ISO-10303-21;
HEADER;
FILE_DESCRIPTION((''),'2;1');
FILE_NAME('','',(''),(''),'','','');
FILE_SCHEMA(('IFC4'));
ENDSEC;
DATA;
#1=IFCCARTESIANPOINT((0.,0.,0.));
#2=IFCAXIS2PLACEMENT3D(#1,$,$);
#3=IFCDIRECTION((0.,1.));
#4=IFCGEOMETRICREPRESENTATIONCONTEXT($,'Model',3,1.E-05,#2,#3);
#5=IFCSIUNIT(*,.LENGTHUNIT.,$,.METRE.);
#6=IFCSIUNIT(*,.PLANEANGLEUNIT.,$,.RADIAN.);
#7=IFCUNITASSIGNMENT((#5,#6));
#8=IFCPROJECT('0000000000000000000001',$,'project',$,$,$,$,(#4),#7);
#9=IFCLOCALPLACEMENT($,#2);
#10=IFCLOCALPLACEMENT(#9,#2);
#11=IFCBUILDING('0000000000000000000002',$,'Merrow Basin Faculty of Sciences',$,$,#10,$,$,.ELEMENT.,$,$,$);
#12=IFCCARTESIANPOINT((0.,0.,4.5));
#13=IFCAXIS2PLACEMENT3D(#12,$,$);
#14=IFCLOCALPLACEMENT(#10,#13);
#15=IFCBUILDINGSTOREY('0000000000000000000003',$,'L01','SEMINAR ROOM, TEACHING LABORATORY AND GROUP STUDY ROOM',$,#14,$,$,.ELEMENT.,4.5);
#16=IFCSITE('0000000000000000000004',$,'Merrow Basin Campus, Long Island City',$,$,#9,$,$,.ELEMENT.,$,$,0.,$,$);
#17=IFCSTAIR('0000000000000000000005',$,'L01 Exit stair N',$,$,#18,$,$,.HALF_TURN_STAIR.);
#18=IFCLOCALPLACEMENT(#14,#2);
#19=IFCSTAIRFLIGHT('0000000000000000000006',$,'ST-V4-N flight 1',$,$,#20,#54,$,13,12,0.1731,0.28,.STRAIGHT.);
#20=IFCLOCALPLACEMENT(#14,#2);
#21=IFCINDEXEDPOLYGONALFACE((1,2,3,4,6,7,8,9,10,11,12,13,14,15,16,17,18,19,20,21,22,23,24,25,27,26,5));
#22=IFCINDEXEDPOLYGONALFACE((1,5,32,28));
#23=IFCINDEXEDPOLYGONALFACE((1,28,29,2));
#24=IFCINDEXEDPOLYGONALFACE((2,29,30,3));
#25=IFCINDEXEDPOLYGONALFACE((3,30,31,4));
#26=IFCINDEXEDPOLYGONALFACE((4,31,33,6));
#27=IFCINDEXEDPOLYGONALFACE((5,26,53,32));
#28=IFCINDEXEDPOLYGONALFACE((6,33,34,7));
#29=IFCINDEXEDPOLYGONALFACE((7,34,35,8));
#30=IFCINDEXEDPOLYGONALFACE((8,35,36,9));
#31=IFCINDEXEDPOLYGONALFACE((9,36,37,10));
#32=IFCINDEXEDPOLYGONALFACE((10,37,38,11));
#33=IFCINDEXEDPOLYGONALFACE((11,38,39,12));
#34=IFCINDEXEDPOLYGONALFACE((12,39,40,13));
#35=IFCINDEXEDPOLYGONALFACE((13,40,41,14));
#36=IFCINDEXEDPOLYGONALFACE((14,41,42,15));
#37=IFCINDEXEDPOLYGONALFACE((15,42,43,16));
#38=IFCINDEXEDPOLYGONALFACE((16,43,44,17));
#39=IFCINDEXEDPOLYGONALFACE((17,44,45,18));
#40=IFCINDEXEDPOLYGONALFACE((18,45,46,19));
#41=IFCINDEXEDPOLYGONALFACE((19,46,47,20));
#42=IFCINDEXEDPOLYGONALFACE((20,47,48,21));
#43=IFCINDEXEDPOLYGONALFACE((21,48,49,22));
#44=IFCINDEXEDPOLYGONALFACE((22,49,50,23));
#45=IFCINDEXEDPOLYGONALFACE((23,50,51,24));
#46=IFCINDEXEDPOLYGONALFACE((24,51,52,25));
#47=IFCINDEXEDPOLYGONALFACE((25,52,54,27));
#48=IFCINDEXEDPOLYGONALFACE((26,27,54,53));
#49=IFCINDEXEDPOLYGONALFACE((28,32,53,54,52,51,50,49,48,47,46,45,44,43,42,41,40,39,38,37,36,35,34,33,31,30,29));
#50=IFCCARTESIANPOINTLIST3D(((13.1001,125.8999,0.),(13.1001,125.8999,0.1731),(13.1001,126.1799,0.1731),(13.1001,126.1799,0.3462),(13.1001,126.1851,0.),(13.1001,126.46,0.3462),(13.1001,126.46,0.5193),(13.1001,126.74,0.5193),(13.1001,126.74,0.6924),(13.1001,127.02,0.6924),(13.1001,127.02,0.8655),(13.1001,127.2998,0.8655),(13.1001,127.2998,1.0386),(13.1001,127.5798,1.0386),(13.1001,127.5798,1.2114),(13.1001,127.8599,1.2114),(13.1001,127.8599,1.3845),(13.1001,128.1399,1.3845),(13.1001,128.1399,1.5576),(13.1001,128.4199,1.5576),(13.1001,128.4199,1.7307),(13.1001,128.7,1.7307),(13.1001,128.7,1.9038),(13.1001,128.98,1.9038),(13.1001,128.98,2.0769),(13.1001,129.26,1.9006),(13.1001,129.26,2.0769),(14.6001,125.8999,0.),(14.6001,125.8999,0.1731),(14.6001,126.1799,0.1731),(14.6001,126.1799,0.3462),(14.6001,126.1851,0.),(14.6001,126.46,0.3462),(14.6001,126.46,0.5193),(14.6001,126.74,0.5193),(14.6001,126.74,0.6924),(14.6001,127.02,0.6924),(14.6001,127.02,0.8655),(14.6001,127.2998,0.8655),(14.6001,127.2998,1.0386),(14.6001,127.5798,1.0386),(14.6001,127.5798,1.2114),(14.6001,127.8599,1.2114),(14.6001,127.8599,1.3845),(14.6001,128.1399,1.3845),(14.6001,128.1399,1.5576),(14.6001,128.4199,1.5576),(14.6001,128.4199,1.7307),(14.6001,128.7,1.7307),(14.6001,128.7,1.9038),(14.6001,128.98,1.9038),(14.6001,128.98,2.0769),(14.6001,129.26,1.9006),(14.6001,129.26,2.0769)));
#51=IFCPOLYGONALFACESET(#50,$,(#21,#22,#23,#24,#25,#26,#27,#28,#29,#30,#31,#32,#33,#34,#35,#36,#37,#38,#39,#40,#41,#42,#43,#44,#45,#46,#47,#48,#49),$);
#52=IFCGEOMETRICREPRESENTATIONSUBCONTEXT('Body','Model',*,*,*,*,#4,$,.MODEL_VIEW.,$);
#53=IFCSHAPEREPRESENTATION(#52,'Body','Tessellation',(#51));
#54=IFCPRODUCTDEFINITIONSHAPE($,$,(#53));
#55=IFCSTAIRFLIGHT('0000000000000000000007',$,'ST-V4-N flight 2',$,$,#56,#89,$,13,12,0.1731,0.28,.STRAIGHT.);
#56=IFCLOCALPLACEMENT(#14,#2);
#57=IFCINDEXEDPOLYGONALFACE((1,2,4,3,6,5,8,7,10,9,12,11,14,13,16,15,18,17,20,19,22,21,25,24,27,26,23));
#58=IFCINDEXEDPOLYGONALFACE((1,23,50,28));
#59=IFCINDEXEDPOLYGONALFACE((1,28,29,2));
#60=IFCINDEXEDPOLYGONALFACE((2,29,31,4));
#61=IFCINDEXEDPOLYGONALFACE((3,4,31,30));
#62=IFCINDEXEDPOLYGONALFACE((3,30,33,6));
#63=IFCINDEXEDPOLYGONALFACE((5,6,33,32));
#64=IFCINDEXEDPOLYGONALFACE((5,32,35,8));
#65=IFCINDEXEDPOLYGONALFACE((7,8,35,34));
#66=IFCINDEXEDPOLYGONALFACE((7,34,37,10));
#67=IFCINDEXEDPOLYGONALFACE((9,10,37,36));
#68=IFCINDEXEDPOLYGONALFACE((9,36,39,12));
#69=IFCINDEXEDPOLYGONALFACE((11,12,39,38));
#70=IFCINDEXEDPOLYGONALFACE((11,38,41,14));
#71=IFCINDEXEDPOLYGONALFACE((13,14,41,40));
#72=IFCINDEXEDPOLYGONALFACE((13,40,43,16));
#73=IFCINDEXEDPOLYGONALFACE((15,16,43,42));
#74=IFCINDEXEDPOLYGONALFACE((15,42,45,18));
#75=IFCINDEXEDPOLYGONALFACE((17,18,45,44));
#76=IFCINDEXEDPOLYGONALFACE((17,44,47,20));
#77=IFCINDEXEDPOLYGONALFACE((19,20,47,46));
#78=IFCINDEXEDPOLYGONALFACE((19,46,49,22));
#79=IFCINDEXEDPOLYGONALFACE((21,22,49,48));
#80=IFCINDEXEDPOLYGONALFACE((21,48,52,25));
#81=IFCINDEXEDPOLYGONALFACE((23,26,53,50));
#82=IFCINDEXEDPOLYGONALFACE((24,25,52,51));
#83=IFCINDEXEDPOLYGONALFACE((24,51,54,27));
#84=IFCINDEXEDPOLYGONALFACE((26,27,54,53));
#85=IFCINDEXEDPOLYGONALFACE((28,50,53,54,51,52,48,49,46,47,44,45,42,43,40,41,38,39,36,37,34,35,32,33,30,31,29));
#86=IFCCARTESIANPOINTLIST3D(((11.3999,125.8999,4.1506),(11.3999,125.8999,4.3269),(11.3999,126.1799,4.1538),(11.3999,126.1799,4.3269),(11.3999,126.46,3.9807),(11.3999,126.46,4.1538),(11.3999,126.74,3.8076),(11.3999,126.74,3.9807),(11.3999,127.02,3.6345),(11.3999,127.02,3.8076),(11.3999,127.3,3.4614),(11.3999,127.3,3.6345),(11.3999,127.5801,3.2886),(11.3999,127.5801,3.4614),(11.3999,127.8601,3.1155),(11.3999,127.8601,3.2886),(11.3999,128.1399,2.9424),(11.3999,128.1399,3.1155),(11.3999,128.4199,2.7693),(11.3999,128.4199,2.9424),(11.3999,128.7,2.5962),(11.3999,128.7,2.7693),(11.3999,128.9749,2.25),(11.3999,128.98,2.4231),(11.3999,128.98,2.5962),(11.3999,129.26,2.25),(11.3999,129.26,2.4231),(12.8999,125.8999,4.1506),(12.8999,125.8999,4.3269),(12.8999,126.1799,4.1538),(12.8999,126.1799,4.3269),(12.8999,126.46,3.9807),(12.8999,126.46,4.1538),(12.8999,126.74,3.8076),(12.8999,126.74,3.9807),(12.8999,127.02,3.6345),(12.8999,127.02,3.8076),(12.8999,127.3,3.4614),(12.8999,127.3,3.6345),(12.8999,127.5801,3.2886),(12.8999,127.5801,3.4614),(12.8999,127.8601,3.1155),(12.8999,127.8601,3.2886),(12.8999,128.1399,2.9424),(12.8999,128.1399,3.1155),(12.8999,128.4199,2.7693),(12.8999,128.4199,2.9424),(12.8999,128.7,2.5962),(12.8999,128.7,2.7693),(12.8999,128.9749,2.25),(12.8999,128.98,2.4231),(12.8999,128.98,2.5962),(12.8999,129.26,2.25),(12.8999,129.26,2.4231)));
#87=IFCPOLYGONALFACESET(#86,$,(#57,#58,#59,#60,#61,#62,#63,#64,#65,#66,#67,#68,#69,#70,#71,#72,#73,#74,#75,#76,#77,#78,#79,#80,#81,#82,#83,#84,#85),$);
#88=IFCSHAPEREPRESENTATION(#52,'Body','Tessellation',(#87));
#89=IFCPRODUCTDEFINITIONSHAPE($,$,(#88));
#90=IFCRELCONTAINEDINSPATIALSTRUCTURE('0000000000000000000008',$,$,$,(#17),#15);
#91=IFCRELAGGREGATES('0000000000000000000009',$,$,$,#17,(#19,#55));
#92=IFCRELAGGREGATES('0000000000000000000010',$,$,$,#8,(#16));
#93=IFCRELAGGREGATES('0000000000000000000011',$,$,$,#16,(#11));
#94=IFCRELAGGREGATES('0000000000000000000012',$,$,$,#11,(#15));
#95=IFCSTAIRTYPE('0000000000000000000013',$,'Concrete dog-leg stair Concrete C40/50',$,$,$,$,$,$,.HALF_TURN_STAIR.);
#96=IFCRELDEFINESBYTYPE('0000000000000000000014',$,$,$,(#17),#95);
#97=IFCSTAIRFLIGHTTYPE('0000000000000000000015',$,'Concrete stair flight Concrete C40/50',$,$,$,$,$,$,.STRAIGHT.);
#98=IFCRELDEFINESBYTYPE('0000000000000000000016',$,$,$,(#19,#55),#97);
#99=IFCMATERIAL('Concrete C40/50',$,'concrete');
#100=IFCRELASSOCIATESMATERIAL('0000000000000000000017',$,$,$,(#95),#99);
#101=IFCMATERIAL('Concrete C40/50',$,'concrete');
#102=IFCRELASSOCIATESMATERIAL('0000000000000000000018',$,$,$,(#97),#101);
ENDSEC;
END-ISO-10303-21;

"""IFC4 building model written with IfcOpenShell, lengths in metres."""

from ifc_helpers import new_model, si_unit, direction, frame, origin, place, context, subcontext, project, spatial, polyline, outline, extrude, material, type_object, element, aggregate, save


model = new_model("IFC4")

# Units and contexts
model_context = context("Model", 3, precision=1e-05, world=origin(), true_north=direction((0.0, 1.0)))
body_context = subcontext(model_context, "Body", "Model", "MODEL_VIEW")
ifc_project = project(units=[si_unit("LENGTHUNIT", "METRE"), si_unit("PLANEANGLEUNIT", "RADIAN")], contexts=[model_context])

# Site, building, storey
site_placement = place(None, origin())
site = spatial("IfcSite", under=ifc_project, at=site_placement, Name="Merrow Basin Campus, Long Island City", CompositionType="ELEMENT", RefElevation=0.0)
building_placement = place(site_placement, origin())
building = spatial("IfcBuilding", under=site, at=building_placement, Name="Merrow Basin Faculty of Sciences", CompositionType="ELEMENT")
storey_placement = place(building_placement, frame((0.0, 0.0, 4.5)))
storey = spatial("IfcBuildingStorey", under=building, at=storey_placement, Name="L01", Description="SEMINAR ROOM, TEACHING LABORATORY AND GROUP STUDY ROOM", CompositionType="ELEMENT", Elevation=4.5)

# Stair, stair flights
ifc_material_1 = material(Name="Concrete C40/50", Category="concrete")
stair_type = type_object("IfcStairType", Name="Concrete dog-leg stair Concrete C40/50", PredefinedType="HALF_TURN_STAIR", material=ifc_material_1)
stair_placement = place(storey_placement, origin())
stair = element("IfcStair", 1, at=stair_placement, inside=storey, type_object=stair_type, Name="L01 Exit stair N", PredefinedType="HALF_TURN_STAIR")
ifc_material_2 = material(Name="Concrete C40/50", Category="concrete")
stair_flight_type = type_object("IfcStairFlightType", Name="Concrete stair flight Concrete C40/50", PredefinedType="STRAIGHT", material=ifc_material_2)
stair_flight_1_placement = place(storey_placement, frame((13.8501, 125.8999, 0.0), z_axis=(0.0, 0.0, 1.0), x_axis=(0.0, 1.0, 0.0)))
stair_flight_1 = element("IfcStairFlight", 2, at=stair_flight_1_placement, type_object=stair_flight_type, Name="ST-V4-N flight 1", NumberOfRisers=13, NumberOfTreads=12, PredefinedType="STRAIGHT", RiserHeight=0.1731, TreadLength=0.28, context=body_context, shape_type="SweptSolid", body=[
    extrude(outline(polyline([(0.0, 0.0), (0.0, 0.1731), (0.28, 0.1731), (0.28, 0.3462), (0.5601, 0.3462), (0.5601, 0.5193), (0.8401, 0.5193), (0.8401, 0.6924), (1.1201, 0.6924), (1.1201, 0.8655), (1.3999, 0.8655), (1.3999, 1.0386), (1.6799, 1.0386), (1.6799, 1.2114), (1.96, 1.2114), (1.96, 1.3845), (2.24, 1.3845), (2.24, 1.5576), (2.52, 1.5576), (2.52, 1.7307), (2.8, 1.7307), (2.8, 1.9038), (3.0801, 1.9038), (3.0801, 2.0769), (3.3601, 2.0769), (3.3601, 2.25), (3.3601, 1.9006), (0.2852, 0.0), (0.0, 0.0)])), frame((0.0, 0.75, 0.0), z_axis=(0.0, -1.0, 0.0), x_axis=(1.0, 0.0, 0.0)), (0.0, 0.0, 1.0), 1.5),
])
stair_flight_2_placement = place(storey_placement, frame((12.1499, 129.26, 2.25), z_axis=(0.0, 0.0, 1.0), x_axis=(0.0, -1.0, 0.0)))
stair_flight_2 = element("IfcStairFlight", 3, at=stair_flight_2_placement, type_object=stair_flight_type, Name="ST-V4-N flight 2", NumberOfRisers=13, NumberOfTreads=12, PredefinedType="STRAIGHT", RiserHeight=0.1731, TreadLength=0.28, context=body_context, shape_type="SweptSolid", body=[
    extrude(outline(polyline([(0.0, 0.0), (0.0, 0.1731), (0.28, 0.1731), (0.28, 0.3462), (0.5601, 0.3462), (0.5601, 0.5193), (0.8401, 0.5193), (0.8401, 0.6924), (1.1201, 0.6924), (1.1201, 0.8655), (1.3999, 0.8655), (1.3999, 1.0386), (1.6799, 1.0386), (1.6799, 1.2114), (1.96, 1.2114), (1.96, 1.3845), (2.24, 1.3845), (2.24, 1.5576), (2.52, 1.5576), (2.52, 1.7307), (2.8, 1.7307), (2.8, 1.9038), (3.0801, 1.9038), (3.0801, 2.0769), (3.3601, 2.0769), (3.3601, 2.25), (3.3601, 1.9006), (0.2852, 0.0), (0.0, 0.0)])), frame((0.0, 0.75, 0.0), z_axis=(0.0, -1.0, 0.0), x_axis=(1.0, 0.0, 0.0)), (0.0, 0.0, 1.0), 1.5),
])
aggregate(stair, [stair_flight_1, stair_flight_2])

save(model, "model.ifc")
